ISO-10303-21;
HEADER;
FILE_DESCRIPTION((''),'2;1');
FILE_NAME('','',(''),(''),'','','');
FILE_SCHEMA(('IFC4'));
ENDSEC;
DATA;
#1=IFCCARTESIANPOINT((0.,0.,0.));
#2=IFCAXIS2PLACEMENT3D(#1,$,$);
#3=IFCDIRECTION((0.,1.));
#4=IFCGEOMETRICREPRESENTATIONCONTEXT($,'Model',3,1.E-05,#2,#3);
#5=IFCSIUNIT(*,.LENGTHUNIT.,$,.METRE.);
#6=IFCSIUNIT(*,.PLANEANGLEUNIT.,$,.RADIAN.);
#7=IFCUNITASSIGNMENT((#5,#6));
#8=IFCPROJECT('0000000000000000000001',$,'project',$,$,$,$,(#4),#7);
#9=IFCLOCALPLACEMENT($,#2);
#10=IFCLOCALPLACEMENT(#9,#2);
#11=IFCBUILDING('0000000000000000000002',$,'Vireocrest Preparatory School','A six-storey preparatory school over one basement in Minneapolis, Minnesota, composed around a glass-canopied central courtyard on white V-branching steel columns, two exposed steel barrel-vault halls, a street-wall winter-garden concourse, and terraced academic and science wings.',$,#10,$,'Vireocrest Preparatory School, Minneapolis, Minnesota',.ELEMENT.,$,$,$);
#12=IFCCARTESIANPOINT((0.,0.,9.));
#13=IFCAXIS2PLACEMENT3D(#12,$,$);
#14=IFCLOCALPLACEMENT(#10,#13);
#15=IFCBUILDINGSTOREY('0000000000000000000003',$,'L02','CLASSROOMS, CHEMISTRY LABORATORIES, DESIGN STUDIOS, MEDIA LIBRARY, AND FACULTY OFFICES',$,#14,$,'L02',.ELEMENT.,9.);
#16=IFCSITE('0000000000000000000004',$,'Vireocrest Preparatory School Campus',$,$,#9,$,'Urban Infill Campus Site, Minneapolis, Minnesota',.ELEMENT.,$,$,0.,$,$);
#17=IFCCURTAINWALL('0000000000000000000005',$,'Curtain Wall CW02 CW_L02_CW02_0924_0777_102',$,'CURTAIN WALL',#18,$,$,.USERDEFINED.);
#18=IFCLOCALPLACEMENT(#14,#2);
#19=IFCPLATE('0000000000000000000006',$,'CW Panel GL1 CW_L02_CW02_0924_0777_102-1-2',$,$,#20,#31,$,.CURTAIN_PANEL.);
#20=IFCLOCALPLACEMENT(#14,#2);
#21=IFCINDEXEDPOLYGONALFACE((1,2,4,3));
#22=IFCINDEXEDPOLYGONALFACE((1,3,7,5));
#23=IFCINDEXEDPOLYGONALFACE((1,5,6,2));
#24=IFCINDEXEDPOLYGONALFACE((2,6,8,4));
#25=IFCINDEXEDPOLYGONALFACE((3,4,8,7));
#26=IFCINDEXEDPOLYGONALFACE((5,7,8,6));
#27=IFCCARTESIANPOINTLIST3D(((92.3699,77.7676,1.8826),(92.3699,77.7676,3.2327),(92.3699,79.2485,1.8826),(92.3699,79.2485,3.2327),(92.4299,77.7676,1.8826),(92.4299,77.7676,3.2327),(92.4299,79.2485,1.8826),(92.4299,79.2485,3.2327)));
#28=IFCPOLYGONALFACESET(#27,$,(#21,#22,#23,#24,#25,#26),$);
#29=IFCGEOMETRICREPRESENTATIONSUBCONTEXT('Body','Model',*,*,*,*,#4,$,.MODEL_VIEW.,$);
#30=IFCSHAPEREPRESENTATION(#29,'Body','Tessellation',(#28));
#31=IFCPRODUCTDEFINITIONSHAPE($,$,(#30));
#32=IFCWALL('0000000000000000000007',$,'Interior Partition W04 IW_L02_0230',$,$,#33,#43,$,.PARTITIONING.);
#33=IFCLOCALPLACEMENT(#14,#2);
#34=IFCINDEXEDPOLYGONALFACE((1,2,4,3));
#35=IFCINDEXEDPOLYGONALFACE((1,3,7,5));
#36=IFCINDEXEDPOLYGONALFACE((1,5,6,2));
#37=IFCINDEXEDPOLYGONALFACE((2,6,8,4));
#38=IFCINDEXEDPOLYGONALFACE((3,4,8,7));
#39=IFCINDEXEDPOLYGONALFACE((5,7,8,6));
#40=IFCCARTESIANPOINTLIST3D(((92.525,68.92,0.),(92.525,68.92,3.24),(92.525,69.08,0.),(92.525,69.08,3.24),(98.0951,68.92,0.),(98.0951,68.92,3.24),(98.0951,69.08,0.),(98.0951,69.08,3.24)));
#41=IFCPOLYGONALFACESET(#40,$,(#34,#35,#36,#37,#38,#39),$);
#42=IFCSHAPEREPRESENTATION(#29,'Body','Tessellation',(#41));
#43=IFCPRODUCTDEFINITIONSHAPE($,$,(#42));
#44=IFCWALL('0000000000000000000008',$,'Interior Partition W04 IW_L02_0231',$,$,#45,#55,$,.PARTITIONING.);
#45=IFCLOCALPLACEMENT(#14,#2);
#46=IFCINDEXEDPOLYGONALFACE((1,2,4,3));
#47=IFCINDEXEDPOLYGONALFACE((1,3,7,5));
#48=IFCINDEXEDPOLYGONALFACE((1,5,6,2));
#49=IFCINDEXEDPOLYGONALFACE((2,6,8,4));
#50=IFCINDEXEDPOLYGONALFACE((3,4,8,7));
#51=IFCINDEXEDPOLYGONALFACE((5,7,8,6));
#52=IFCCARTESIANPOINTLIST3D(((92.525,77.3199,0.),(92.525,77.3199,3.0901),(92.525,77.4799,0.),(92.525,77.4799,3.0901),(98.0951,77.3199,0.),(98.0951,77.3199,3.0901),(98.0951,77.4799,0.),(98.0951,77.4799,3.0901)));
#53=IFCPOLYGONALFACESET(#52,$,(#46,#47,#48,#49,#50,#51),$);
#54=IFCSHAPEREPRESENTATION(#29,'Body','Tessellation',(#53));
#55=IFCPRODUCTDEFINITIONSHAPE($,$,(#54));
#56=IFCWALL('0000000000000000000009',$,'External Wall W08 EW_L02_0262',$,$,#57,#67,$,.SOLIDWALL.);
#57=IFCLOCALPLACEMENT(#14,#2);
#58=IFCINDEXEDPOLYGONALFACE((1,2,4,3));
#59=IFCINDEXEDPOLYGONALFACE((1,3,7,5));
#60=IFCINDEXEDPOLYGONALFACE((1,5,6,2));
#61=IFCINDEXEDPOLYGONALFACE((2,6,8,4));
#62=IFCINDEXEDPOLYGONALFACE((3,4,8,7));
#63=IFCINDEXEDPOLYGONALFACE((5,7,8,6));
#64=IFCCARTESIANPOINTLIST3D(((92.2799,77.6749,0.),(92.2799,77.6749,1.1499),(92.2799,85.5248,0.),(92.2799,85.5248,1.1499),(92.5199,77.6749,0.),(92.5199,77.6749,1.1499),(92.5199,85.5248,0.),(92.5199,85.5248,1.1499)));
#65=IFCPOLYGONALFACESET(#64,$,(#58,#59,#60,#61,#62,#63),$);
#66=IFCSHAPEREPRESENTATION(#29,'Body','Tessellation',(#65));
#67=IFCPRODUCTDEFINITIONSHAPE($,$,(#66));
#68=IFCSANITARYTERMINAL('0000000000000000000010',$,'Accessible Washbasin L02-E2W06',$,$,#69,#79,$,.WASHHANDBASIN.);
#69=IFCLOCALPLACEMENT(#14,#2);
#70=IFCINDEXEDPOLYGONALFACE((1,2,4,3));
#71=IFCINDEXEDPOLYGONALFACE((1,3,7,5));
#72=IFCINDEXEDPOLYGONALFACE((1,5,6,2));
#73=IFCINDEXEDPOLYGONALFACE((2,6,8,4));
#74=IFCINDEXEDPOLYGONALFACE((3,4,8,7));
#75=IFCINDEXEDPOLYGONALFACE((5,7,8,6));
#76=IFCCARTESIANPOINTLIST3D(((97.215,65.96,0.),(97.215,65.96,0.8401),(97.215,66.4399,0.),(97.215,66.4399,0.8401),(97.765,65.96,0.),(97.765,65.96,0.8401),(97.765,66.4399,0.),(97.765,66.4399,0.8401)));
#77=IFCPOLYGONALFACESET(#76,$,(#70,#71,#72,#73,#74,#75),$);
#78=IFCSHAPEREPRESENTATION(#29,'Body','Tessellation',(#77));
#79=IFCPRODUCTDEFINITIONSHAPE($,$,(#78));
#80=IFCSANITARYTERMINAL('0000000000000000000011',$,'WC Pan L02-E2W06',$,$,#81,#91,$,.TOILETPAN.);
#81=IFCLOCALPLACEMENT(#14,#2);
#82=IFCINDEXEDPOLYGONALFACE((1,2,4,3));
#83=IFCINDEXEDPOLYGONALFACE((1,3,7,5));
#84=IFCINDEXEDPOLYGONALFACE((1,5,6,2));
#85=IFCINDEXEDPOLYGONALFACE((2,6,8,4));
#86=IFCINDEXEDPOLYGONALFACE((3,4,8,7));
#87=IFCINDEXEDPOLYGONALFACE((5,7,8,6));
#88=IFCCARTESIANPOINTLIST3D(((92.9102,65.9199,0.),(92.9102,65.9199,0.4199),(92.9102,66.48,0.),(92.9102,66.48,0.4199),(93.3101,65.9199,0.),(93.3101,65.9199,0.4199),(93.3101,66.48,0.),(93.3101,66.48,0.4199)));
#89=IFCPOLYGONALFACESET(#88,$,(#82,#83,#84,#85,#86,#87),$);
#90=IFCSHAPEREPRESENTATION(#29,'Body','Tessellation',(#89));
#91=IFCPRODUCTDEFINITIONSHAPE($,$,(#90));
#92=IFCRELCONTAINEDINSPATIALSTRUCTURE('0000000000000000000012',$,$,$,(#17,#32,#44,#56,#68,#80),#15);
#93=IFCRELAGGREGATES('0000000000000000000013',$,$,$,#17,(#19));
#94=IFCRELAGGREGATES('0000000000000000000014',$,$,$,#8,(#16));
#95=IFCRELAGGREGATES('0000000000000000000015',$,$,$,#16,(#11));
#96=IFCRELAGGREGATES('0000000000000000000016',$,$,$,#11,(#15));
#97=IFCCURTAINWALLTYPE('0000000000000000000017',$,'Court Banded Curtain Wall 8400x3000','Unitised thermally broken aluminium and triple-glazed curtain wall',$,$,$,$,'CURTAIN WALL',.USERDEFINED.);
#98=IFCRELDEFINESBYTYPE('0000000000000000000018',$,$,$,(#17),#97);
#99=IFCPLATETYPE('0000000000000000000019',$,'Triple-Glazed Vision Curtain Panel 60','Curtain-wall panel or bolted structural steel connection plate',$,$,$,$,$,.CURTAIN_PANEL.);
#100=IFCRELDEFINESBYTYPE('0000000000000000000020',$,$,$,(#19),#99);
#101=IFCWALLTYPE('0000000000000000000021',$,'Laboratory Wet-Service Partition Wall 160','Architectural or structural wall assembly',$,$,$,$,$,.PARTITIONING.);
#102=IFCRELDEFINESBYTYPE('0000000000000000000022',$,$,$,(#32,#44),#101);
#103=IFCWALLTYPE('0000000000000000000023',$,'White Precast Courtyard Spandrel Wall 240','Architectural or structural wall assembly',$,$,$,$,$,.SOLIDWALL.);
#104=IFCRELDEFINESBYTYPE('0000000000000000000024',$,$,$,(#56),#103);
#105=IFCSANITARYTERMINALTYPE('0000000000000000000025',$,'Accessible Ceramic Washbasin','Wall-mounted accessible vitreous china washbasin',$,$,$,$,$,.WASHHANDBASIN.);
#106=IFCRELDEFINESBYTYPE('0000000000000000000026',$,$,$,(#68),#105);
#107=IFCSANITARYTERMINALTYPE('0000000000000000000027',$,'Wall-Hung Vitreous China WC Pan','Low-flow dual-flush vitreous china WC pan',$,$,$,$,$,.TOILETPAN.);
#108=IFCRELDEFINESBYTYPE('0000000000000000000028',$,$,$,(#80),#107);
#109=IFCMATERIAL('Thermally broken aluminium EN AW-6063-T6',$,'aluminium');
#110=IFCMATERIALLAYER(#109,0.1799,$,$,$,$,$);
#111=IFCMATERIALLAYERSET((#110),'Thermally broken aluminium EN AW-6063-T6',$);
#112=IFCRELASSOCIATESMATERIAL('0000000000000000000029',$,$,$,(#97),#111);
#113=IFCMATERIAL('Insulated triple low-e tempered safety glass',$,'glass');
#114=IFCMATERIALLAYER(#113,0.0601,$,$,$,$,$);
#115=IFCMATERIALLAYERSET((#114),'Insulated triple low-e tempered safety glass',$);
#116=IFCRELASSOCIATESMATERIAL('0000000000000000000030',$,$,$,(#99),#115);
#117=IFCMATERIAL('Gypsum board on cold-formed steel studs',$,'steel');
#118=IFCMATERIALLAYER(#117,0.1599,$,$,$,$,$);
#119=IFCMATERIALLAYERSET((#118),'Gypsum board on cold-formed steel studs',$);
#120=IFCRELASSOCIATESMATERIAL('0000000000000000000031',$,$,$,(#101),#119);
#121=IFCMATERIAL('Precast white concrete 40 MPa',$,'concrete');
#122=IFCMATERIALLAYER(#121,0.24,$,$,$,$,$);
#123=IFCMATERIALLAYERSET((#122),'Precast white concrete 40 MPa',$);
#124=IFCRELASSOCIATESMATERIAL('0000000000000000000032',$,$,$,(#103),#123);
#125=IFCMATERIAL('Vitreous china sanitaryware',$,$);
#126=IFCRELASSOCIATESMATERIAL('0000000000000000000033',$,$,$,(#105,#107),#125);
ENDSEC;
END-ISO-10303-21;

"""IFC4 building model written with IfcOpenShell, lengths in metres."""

from ifc_helpers import new_model, si_unit, direction, frame, frame_2d, origin, origin_2d, place, context, subcontext, project, spatial, rectangle, extrude, material, layer, layer_set, type_object, element, aggregate, save


model = new_model("IFC4")

# Units and contexts
model_context = context("Model", 3, precision=1e-05, world=origin(), true_north=direction((0.0, 1.0)))
body_context = subcontext(model_context, "Body", "Model", "MODEL_VIEW")
ifc_project = project(units=[si_unit("LENGTHUNIT", "METRE"), si_unit("PLANEANGLEUNIT", "RADIAN")], contexts=[model_context])

# Site, building, storey
site_placement = place(None, origin())
site = spatial("IfcSite", under=ifc_project, at=site_placement, Name="Vireocrest Preparatory School Campus", LongName="Urban Infill Campus Site, Minneapolis, Minnesota", CompositionType="ELEMENT", RefElevation=0.0)
building_placement = place(site_placement, origin())
building = spatial("IfcBuilding", under=site, at=building_placement, Name="Vireocrest Preparatory School", Description="A six-storey preparatory school over one basement in Minneapolis, Minnesota, composed around a glass-canopied central courtyard on white V-branching steel columns, two exposed steel barrel-vault halls, a street-wall winter-garden concourse, and terraced academic and science wings.", LongName="Vireocrest Preparatory School, Minneapolis, Minnesota", CompositionType="ELEMENT")
storey_placement = place(building_placement, frame((0.0, 0.0, 9.0)))
storey = spatial("IfcBuildingStorey", under=building, at=storey_placement, Name="L02", Description="CLASSROOMS, CHEMISTRY LABORATORIES, DESIGN STUDIOS, MEDIA LIBRARY, AND FACULTY OFFICES", LongName="L02", CompositionType="ELEMENT", Elevation=9.0)

# Curtain wall
ifc_material_1 = material(Name="Thermally broken aluminium EN AW-6063-T6", Category="aluminium")
ifc_layer_1 = layer(ifc_material_1, 0.1799)
ifc_layer_set_1 = layer_set([ifc_layer_1], Name="Thermally broken aluminium EN AW-6063-T6")
curtain_wall_type = type_object("IfcCurtainWallType", Name="Court Banded Curtain Wall 8400x3000", Description="Unitised thermally broken aluminium and triple-glazed curtain wall", ElementType="CURTAIN WALL", PredefinedType="USERDEFINED", material=ifc_layer_set_1)
curtain_wall_placement = place(storey_placement, origin())
curtain_wall = element("IfcCurtainWall", 1, at=curtain_wall_placement, inside=storey, type_object=curtain_wall_type, Name="Curtain Wall CW02 CW_L02_CW02_0924_0777_102", ObjectType="CURTAIN WALL", PredefinedType="USERDEFINED")

# Plate
ifc_material_2 = material(Name="Insulated triple low-e tempered safety glass", Category="glass")
ifc_layer_2 = layer(ifc_material_2, 0.0601)
ifc_layer_set_2 = layer_set([ifc_layer_2], Name="Insulated triple low-e tempered safety glass")
plate_type = type_object("IfcPlateType", Name="Triple-Glazed Vision Curtain Panel 60", Description="Curtain-wall panel or bolted structural steel connection plate", PredefinedType="CURTAIN_PANEL", material=ifc_layer_set_2)
plate_1_placement = place(storey_placement, frame((92.3999, 78.5081, 1.8826), z_axis=(0.0, 0.0, 1.0), x_axis=(0.0, 1.0, 0.0)))
plate_1 = element("IfcPlate", 2, at=plate_1_placement, type_object=plate_type, Name="CW Panel GL1 CW_L02_CW02_0924_0777_102-1-2", PredefinedType="CURTAIN_PANEL", context=body_context, shape_type="SweptSolid", body=[
    extrude(rectangle(XDim=1.481, YDim=0.0601, at=origin_2d()), origin(), (0.0, 0.0, 1.0), 1.3501),
])
aggregate(curtain_wall, [plate_1])

# Walls
ifc_material_3 = material(Name="Gypsum board on cold-formed steel studs", Category="steel")
ifc_layer_3 = layer(ifc_material_3, 0.1599)
ifc_layer_set_3 = layer_set([ifc_layer_3], Name="Gypsum board on cold-formed steel studs")
wall_type_1 = type_object("IfcWallType", Name="Laboratory Wet-Service Partition Wall 160", Description="Architectural or structural wall assembly", PredefinedType="PARTITIONING", material=ifc_layer_set_3)
wall_1_placement = place(storey_placement, frame((92.5249, 69.0, 0.0), z_axis=(0.0, 0.0, 1.0), x_axis=(1.0, 0.0, 0.0)))
element("IfcWall", 3, at=wall_1_placement, inside=storey, type_object=wall_type_1, Name="Interior Partition W04 IW_L02_0230", PredefinedType="PARTITIONING", context=body_context, shape_type="SweptSolid", body=[
    extrude(rectangle(XDim=5.5701, YDim=0.1599, at=frame_2d((2.7852, 0.0))), origin(), (0.0, 0.0, 1.0), 3.24),
])
wall_2_placement = place(storey_placement, frame((92.5249, 77.3999, 0.0), z_axis=(0.0, 0.0, 1.0), x_axis=(1.0, 0.0, 0.0)))
element("IfcWall", 4, at=wall_2_placement, inside=storey, type_object=wall_type_1, Name="Interior Partition W04 IW_L02_0231", PredefinedType="PARTITIONING", context=body_context, shape_type="SweptSolid", body=[
    extrude(rectangle(XDim=5.5701, YDim=0.1599, at=frame_2d((2.7852, 0.0))), origin(), (0.0, 0.0, 1.0), 3.0901),
])
ifc_material_4 = material(Name="Precast white concrete 40 MPa", Category="concrete")
ifc_layer_4 = layer(ifc_material_4, 0.24)
ifc_layer_set_4 = layer_set([ifc_layer_4], Name="Precast white concrete 40 MPa")
wall_type_2 = type_object("IfcWallType", Name="White Precast Courtyard Spandrel Wall 240", Description="Architectural or structural wall assembly", PredefinedType="SOLIDWALL", material=ifc_layer_set_4)
wall_3_placement = place(storey_placement, frame((92.3999, 77.675, 0.0), z_axis=(0.0, 0.0, 1.0), x_axis=(0.0, 1.0, 0.0)))
element("IfcWall", 5, at=wall_3_placement, inside=storey, type_object=wall_type_2, Name="External Wall W08 EW_L02_0262", PredefinedType="SOLIDWALL", context=body_context, shape_type="SweptSolid", body=[
    extrude(rectangle(XDim=7.8499, YDim=0.24, at=frame_2d((3.9248, 0.0))), origin(), (0.0, 0.0, 1.0), 1.1499),
])

# Sanitary terminals
ifc_material_5 = material(Name="Vitreous china sanitaryware")
sanitary_terminal_type_1 = type_object("IfcSanitaryTerminalType", Name="Accessible Ceramic Washbasin", Description="Wall-mounted accessible vitreous china washbasin", PredefinedType="WASHHANDBASIN", material=ifc_material_5)
sanitary_terminal_1_placement = place(storey_placement, frame((97.49, 66.2, 0.0), z_axis=(0.0, 0.0, 1.0), x_axis=(1.0, 0.0, 0.0)))
element("IfcSanitaryTerminal", 6, at=sanitary_terminal_1_placement, inside=storey, type_object=sanitary_terminal_type_1, Name="Accessible Washbasin L02-E2W06", PredefinedType="WASHHANDBASIN", context=body_context, shape_type="SweptSolid", body=[
    extrude(rectangle(XDim=0.55, YDim=0.48, at=origin_2d()), origin(), (0.0, 0.0, 1.0), 0.8401),
])
sanitary_terminal_type_2 = type_object("IfcSanitaryTerminalType", Name="Wall-Hung Vitreous China WC Pan", Description="Low-flow dual-flush vitreous china WC pan", PredefinedType="TOILETPAN", material=ifc_material_5)
sanitary_terminal_2_placement = place(storey_placement, frame((93.1101, 66.2, 0.0), z_axis=(0.0, 0.0, 1.0), x_axis=(1.0, 0.0, 0.0)))
element("IfcSanitaryTerminal", 7, at=sanitary_terminal_2_placement, inside=storey, type_object=sanitary_terminal_type_2, Name="WC Pan L02-E2W06", PredefinedType="TOILETPAN", context=body_context, shape_type="SweptSolid", body=[
    extrude(rectangle(XDim=0.3999, YDim=0.5601, at=origin_2d()), origin(), (0.0, 0.0, 1.0), 0.4199),
])

save(model, "model.ifc")
